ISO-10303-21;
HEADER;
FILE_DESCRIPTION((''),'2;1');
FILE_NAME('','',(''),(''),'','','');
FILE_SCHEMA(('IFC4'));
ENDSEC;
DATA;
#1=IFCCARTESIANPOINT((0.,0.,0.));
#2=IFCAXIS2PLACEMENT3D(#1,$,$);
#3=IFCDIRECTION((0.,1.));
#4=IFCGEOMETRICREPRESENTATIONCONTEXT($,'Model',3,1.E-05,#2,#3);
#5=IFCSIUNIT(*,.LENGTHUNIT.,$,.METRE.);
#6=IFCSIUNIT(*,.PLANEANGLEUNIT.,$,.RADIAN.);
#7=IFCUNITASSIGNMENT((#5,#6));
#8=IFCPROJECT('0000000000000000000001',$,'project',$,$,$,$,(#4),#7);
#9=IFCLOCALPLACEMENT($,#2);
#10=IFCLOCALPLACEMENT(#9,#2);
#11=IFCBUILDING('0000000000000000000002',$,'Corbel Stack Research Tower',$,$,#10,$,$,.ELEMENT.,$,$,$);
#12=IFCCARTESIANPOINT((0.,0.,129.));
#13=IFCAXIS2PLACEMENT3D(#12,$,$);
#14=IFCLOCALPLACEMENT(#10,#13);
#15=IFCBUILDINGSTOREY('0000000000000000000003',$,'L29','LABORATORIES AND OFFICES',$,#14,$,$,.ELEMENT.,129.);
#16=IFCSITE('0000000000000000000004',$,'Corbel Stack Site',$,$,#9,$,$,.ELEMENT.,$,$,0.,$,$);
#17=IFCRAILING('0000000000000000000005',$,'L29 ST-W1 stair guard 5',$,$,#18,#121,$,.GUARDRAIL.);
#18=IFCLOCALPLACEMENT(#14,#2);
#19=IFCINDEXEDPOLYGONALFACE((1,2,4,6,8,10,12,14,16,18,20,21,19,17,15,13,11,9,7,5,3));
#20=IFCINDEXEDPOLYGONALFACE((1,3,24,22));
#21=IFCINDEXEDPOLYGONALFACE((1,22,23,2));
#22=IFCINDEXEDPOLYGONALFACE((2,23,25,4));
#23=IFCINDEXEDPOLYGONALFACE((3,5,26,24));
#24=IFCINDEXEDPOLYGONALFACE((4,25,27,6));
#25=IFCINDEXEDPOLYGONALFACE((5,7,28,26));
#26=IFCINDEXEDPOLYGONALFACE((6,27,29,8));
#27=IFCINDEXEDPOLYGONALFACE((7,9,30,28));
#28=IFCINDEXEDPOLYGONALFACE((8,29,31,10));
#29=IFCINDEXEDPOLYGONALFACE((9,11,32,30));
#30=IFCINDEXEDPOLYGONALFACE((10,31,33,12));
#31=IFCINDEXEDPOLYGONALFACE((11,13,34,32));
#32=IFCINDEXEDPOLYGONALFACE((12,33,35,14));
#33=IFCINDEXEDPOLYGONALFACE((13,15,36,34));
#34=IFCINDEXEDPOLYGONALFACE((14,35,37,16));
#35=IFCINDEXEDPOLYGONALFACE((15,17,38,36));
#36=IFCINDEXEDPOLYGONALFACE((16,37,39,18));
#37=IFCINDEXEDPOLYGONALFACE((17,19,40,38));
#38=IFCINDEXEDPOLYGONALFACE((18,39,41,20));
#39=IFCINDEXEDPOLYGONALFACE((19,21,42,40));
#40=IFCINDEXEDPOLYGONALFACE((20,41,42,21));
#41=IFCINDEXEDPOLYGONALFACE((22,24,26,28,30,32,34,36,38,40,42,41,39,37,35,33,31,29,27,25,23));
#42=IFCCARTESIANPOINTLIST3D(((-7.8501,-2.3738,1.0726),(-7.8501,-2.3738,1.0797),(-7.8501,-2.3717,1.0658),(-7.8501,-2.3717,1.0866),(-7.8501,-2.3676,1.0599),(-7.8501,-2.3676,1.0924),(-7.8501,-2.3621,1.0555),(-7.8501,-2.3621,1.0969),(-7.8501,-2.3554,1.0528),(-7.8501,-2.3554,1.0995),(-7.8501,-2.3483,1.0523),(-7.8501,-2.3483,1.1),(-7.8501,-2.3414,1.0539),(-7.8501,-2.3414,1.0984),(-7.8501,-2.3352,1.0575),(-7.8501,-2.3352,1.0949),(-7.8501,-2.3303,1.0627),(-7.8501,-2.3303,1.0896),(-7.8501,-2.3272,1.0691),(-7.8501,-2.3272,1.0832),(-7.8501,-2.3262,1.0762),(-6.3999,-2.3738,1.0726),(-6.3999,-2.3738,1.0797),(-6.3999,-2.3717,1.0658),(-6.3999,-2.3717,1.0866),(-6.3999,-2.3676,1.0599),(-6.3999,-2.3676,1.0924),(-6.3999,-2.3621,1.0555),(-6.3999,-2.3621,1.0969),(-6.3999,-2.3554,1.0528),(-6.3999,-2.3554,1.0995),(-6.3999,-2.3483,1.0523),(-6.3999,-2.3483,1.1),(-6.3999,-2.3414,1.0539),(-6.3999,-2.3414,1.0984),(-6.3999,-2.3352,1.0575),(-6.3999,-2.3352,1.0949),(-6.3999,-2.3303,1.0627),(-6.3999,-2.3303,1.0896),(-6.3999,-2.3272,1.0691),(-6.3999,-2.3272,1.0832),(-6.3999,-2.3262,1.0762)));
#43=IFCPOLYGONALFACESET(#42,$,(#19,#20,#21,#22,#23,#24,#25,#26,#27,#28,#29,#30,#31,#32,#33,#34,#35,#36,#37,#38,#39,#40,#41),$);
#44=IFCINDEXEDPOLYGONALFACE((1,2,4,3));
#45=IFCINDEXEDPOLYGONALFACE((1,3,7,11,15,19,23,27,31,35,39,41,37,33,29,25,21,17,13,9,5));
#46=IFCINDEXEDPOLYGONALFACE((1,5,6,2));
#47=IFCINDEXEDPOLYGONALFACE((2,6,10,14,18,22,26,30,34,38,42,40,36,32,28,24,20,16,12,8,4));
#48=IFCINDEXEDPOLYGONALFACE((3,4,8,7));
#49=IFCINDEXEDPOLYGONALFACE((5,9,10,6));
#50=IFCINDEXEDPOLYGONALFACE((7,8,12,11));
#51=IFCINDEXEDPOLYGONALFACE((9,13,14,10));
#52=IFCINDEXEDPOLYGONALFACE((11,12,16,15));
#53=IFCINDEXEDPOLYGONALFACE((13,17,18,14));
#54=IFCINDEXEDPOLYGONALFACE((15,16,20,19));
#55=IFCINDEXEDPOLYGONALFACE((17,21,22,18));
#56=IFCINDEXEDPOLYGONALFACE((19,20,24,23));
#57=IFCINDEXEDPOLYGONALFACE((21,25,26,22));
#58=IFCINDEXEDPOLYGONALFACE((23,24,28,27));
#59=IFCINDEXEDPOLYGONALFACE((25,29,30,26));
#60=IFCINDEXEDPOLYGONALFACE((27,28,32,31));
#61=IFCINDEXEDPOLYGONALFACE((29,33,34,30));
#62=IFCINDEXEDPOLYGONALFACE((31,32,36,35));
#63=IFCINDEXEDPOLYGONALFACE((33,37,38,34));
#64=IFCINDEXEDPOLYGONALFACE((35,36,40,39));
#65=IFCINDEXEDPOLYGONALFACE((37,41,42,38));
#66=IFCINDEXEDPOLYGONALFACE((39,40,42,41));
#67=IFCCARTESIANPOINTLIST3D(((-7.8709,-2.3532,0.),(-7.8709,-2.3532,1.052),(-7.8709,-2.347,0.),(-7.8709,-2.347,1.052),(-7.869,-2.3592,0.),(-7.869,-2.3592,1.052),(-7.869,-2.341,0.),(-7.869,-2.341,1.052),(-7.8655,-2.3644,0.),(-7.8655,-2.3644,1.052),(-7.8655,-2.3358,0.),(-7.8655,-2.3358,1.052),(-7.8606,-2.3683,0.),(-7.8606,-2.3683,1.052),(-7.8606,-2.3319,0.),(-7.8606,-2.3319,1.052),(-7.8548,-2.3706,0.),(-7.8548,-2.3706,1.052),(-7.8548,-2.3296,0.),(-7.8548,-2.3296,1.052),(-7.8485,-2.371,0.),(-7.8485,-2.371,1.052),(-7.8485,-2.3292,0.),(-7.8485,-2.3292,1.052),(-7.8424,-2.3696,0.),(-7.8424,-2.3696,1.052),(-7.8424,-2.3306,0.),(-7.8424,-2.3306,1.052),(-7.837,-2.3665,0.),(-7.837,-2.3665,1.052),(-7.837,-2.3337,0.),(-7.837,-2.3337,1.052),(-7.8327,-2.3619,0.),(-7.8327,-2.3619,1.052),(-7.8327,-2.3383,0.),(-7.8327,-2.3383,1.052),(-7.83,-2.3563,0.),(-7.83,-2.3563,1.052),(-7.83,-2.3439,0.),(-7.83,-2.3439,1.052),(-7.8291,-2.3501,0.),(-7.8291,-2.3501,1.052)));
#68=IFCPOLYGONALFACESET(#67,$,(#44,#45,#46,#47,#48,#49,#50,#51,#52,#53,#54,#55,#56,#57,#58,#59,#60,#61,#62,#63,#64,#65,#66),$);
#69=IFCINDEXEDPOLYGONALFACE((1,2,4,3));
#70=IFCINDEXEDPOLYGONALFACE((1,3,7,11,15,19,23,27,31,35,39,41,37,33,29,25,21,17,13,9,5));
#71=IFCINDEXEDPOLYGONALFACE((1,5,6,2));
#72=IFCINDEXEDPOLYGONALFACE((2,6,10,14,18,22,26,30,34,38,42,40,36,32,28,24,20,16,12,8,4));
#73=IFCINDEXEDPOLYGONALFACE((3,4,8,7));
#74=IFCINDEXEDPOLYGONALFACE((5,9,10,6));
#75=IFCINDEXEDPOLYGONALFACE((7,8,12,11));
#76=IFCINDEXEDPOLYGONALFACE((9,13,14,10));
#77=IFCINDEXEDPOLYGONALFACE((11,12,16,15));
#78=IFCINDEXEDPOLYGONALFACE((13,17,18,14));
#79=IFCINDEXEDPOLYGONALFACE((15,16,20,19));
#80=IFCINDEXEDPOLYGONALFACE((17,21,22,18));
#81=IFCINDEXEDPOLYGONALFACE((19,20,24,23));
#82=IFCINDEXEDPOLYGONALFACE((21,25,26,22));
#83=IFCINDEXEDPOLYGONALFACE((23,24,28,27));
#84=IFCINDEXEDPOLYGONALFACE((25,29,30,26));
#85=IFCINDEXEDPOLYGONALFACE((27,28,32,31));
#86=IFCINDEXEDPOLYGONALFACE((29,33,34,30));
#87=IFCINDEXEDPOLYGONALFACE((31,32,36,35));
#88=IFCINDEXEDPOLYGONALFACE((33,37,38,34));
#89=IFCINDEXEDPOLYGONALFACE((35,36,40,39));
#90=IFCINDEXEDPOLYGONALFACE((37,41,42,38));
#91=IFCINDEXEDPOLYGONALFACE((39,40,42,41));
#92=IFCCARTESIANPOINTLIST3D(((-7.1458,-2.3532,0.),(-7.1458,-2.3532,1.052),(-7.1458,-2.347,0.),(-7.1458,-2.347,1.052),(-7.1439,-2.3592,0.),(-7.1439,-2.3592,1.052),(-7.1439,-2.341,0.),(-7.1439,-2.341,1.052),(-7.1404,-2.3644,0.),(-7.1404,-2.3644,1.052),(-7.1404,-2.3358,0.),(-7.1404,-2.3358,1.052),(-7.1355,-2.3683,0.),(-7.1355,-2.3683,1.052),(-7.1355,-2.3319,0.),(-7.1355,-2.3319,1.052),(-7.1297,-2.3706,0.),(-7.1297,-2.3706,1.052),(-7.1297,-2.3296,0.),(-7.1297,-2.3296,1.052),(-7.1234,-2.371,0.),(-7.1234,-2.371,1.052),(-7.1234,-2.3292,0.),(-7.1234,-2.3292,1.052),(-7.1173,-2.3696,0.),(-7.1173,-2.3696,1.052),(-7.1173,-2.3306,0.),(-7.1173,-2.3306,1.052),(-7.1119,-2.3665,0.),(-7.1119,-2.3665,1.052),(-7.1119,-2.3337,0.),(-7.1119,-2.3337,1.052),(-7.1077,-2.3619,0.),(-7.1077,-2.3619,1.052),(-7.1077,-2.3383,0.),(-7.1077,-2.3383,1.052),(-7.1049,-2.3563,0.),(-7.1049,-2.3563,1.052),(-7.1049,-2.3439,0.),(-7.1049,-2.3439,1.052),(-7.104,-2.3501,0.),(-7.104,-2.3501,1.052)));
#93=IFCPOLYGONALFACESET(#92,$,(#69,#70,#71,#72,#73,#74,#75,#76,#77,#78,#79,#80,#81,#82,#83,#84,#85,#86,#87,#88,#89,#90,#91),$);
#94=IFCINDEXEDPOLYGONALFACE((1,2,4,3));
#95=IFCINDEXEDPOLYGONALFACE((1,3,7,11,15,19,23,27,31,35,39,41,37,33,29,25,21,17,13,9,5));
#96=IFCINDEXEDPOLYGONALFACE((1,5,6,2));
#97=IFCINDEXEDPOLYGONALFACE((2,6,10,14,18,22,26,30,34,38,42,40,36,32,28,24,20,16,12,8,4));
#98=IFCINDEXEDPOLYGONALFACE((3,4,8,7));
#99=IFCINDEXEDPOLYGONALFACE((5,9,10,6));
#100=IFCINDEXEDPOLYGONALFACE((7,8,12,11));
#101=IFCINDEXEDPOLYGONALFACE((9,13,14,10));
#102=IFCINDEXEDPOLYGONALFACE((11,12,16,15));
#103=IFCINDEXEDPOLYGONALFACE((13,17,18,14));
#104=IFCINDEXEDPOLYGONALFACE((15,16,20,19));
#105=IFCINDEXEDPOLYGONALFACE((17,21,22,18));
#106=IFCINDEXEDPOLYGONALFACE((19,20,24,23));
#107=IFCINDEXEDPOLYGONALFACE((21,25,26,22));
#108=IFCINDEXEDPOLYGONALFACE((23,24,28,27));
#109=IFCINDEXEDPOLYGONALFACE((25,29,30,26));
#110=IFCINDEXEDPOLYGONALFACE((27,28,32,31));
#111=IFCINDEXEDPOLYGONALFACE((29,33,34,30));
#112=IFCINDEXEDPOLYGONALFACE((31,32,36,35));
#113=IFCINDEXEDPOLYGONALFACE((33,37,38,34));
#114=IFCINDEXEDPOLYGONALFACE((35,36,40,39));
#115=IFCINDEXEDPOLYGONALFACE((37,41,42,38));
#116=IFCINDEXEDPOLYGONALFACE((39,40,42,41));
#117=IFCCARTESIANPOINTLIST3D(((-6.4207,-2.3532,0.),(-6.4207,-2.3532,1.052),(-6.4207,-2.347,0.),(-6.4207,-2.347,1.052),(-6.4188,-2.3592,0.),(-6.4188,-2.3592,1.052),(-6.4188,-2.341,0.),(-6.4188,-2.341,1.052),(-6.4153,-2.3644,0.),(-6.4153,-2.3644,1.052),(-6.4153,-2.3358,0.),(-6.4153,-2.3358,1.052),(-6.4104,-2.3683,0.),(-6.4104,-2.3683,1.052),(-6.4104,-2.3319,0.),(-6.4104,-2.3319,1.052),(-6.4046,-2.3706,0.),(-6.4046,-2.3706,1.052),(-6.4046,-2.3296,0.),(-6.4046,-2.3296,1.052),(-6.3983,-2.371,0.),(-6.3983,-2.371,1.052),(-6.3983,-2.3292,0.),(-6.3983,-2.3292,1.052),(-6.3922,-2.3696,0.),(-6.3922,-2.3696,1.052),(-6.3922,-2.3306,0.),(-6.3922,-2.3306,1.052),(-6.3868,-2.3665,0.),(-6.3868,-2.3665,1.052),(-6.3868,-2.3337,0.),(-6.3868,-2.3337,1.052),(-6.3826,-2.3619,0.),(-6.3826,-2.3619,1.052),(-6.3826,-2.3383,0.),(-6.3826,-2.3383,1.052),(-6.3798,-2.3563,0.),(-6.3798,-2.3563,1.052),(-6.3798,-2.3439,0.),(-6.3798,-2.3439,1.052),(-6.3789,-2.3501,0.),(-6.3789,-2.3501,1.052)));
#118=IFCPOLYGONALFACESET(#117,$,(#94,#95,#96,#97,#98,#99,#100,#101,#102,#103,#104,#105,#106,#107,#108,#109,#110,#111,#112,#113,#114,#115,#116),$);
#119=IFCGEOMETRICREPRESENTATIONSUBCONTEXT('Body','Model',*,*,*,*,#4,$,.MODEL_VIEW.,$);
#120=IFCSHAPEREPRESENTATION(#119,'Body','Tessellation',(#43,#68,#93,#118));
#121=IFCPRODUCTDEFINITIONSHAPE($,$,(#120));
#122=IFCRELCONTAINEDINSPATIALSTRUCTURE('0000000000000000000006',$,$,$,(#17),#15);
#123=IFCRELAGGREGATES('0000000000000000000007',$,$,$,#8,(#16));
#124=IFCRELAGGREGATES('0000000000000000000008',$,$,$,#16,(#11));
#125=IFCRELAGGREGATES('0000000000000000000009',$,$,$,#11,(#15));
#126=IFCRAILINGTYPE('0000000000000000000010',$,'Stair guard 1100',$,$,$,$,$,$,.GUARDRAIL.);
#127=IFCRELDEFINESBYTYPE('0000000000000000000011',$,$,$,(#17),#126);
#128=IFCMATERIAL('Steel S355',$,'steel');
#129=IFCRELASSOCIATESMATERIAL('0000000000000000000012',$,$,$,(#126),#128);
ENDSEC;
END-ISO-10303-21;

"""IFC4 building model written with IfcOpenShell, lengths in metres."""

from ifc_helpers import new_model, si_unit, direction, frame, origin, origin_2d, place, context, subcontext, project, spatial, circle, extrude, material, type_object, element, save


model = new_model("IFC4")

# Units and contexts
model_context = context("Model", 3, precision=1e-05, world=origin(), true_north=direction((0.0, 1.0)))
body_context = subcontext(model_context, "Body", "Model", "MODEL_VIEW")
ifc_project = project(units=[si_unit("LENGTHUNIT", "METRE"), si_unit("PLANEANGLEUNIT", "RADIAN")], contexts=[model_context])

# Site, building, storey
site_placement = place(None, origin())
site = spatial("IfcSite", under=ifc_project, at=site_placement, Name="Corbel Stack Site", CompositionType="ELEMENT", RefElevation=0.0)
building_placement = place(site_placement, origin())
building = spatial("IfcBuilding", under=site, at=building_placement, Name="Corbel Stack Research Tower", CompositionType="ELEMENT")
storey_placement = place(building_placement, frame((0.0, 0.0, 129.0)))
storey = spatial("IfcBuildingStorey", under=building, at=storey_placement, Name="L29", Description="LABORATORIES AND OFFICES", CompositionType="ELEMENT", Elevation=129.0)

# Railing
ifc_material_1 = material(Name="Steel S355", Category="steel")
railing_type = type_object("IfcRailingType", Name="Stair guard 1100", PredefinedType="GUARDRAIL", material=ifc_material_1)
railing_1_placement = place(storey_placement, frame((-7.8501, -2.3501, 0.0)))
element("IfcRailing", 1, at=railing_1_placement, inside=storey, type_object=railing_type, Name="L29 ST-W1 stair guard 5", PredefinedType="GUARDRAIL", context=body_context, shape_type="SweptSolid", body=[
    extrude(circle(Radius=0.0239, at=origin_2d()), frame((0.0, 0.0, 1.0762), z_axis=(1.0, 0.0, 0.0), x_axis=(0.0, 1.0, 0.0)), (0.0, 0.0, 1.0), 1.4502),
    extrude(circle(Radius=0.021, at=origin_2d()), origin(), (0.0, 0.0, 1.0), 1.052),
    extrude(circle(Radius=0.021, at=origin_2d()), frame((0.7251, 0.0, 0.0)), (0.0, 0.0, 1.0), 1.052),
    extrude(circle(Radius=0.021, at=origin_2d()), frame((1.4502, 0.0, 0.0)), (0.0, 0.0, 1.0), 1.052),
])

save(model, "model.ifc")
